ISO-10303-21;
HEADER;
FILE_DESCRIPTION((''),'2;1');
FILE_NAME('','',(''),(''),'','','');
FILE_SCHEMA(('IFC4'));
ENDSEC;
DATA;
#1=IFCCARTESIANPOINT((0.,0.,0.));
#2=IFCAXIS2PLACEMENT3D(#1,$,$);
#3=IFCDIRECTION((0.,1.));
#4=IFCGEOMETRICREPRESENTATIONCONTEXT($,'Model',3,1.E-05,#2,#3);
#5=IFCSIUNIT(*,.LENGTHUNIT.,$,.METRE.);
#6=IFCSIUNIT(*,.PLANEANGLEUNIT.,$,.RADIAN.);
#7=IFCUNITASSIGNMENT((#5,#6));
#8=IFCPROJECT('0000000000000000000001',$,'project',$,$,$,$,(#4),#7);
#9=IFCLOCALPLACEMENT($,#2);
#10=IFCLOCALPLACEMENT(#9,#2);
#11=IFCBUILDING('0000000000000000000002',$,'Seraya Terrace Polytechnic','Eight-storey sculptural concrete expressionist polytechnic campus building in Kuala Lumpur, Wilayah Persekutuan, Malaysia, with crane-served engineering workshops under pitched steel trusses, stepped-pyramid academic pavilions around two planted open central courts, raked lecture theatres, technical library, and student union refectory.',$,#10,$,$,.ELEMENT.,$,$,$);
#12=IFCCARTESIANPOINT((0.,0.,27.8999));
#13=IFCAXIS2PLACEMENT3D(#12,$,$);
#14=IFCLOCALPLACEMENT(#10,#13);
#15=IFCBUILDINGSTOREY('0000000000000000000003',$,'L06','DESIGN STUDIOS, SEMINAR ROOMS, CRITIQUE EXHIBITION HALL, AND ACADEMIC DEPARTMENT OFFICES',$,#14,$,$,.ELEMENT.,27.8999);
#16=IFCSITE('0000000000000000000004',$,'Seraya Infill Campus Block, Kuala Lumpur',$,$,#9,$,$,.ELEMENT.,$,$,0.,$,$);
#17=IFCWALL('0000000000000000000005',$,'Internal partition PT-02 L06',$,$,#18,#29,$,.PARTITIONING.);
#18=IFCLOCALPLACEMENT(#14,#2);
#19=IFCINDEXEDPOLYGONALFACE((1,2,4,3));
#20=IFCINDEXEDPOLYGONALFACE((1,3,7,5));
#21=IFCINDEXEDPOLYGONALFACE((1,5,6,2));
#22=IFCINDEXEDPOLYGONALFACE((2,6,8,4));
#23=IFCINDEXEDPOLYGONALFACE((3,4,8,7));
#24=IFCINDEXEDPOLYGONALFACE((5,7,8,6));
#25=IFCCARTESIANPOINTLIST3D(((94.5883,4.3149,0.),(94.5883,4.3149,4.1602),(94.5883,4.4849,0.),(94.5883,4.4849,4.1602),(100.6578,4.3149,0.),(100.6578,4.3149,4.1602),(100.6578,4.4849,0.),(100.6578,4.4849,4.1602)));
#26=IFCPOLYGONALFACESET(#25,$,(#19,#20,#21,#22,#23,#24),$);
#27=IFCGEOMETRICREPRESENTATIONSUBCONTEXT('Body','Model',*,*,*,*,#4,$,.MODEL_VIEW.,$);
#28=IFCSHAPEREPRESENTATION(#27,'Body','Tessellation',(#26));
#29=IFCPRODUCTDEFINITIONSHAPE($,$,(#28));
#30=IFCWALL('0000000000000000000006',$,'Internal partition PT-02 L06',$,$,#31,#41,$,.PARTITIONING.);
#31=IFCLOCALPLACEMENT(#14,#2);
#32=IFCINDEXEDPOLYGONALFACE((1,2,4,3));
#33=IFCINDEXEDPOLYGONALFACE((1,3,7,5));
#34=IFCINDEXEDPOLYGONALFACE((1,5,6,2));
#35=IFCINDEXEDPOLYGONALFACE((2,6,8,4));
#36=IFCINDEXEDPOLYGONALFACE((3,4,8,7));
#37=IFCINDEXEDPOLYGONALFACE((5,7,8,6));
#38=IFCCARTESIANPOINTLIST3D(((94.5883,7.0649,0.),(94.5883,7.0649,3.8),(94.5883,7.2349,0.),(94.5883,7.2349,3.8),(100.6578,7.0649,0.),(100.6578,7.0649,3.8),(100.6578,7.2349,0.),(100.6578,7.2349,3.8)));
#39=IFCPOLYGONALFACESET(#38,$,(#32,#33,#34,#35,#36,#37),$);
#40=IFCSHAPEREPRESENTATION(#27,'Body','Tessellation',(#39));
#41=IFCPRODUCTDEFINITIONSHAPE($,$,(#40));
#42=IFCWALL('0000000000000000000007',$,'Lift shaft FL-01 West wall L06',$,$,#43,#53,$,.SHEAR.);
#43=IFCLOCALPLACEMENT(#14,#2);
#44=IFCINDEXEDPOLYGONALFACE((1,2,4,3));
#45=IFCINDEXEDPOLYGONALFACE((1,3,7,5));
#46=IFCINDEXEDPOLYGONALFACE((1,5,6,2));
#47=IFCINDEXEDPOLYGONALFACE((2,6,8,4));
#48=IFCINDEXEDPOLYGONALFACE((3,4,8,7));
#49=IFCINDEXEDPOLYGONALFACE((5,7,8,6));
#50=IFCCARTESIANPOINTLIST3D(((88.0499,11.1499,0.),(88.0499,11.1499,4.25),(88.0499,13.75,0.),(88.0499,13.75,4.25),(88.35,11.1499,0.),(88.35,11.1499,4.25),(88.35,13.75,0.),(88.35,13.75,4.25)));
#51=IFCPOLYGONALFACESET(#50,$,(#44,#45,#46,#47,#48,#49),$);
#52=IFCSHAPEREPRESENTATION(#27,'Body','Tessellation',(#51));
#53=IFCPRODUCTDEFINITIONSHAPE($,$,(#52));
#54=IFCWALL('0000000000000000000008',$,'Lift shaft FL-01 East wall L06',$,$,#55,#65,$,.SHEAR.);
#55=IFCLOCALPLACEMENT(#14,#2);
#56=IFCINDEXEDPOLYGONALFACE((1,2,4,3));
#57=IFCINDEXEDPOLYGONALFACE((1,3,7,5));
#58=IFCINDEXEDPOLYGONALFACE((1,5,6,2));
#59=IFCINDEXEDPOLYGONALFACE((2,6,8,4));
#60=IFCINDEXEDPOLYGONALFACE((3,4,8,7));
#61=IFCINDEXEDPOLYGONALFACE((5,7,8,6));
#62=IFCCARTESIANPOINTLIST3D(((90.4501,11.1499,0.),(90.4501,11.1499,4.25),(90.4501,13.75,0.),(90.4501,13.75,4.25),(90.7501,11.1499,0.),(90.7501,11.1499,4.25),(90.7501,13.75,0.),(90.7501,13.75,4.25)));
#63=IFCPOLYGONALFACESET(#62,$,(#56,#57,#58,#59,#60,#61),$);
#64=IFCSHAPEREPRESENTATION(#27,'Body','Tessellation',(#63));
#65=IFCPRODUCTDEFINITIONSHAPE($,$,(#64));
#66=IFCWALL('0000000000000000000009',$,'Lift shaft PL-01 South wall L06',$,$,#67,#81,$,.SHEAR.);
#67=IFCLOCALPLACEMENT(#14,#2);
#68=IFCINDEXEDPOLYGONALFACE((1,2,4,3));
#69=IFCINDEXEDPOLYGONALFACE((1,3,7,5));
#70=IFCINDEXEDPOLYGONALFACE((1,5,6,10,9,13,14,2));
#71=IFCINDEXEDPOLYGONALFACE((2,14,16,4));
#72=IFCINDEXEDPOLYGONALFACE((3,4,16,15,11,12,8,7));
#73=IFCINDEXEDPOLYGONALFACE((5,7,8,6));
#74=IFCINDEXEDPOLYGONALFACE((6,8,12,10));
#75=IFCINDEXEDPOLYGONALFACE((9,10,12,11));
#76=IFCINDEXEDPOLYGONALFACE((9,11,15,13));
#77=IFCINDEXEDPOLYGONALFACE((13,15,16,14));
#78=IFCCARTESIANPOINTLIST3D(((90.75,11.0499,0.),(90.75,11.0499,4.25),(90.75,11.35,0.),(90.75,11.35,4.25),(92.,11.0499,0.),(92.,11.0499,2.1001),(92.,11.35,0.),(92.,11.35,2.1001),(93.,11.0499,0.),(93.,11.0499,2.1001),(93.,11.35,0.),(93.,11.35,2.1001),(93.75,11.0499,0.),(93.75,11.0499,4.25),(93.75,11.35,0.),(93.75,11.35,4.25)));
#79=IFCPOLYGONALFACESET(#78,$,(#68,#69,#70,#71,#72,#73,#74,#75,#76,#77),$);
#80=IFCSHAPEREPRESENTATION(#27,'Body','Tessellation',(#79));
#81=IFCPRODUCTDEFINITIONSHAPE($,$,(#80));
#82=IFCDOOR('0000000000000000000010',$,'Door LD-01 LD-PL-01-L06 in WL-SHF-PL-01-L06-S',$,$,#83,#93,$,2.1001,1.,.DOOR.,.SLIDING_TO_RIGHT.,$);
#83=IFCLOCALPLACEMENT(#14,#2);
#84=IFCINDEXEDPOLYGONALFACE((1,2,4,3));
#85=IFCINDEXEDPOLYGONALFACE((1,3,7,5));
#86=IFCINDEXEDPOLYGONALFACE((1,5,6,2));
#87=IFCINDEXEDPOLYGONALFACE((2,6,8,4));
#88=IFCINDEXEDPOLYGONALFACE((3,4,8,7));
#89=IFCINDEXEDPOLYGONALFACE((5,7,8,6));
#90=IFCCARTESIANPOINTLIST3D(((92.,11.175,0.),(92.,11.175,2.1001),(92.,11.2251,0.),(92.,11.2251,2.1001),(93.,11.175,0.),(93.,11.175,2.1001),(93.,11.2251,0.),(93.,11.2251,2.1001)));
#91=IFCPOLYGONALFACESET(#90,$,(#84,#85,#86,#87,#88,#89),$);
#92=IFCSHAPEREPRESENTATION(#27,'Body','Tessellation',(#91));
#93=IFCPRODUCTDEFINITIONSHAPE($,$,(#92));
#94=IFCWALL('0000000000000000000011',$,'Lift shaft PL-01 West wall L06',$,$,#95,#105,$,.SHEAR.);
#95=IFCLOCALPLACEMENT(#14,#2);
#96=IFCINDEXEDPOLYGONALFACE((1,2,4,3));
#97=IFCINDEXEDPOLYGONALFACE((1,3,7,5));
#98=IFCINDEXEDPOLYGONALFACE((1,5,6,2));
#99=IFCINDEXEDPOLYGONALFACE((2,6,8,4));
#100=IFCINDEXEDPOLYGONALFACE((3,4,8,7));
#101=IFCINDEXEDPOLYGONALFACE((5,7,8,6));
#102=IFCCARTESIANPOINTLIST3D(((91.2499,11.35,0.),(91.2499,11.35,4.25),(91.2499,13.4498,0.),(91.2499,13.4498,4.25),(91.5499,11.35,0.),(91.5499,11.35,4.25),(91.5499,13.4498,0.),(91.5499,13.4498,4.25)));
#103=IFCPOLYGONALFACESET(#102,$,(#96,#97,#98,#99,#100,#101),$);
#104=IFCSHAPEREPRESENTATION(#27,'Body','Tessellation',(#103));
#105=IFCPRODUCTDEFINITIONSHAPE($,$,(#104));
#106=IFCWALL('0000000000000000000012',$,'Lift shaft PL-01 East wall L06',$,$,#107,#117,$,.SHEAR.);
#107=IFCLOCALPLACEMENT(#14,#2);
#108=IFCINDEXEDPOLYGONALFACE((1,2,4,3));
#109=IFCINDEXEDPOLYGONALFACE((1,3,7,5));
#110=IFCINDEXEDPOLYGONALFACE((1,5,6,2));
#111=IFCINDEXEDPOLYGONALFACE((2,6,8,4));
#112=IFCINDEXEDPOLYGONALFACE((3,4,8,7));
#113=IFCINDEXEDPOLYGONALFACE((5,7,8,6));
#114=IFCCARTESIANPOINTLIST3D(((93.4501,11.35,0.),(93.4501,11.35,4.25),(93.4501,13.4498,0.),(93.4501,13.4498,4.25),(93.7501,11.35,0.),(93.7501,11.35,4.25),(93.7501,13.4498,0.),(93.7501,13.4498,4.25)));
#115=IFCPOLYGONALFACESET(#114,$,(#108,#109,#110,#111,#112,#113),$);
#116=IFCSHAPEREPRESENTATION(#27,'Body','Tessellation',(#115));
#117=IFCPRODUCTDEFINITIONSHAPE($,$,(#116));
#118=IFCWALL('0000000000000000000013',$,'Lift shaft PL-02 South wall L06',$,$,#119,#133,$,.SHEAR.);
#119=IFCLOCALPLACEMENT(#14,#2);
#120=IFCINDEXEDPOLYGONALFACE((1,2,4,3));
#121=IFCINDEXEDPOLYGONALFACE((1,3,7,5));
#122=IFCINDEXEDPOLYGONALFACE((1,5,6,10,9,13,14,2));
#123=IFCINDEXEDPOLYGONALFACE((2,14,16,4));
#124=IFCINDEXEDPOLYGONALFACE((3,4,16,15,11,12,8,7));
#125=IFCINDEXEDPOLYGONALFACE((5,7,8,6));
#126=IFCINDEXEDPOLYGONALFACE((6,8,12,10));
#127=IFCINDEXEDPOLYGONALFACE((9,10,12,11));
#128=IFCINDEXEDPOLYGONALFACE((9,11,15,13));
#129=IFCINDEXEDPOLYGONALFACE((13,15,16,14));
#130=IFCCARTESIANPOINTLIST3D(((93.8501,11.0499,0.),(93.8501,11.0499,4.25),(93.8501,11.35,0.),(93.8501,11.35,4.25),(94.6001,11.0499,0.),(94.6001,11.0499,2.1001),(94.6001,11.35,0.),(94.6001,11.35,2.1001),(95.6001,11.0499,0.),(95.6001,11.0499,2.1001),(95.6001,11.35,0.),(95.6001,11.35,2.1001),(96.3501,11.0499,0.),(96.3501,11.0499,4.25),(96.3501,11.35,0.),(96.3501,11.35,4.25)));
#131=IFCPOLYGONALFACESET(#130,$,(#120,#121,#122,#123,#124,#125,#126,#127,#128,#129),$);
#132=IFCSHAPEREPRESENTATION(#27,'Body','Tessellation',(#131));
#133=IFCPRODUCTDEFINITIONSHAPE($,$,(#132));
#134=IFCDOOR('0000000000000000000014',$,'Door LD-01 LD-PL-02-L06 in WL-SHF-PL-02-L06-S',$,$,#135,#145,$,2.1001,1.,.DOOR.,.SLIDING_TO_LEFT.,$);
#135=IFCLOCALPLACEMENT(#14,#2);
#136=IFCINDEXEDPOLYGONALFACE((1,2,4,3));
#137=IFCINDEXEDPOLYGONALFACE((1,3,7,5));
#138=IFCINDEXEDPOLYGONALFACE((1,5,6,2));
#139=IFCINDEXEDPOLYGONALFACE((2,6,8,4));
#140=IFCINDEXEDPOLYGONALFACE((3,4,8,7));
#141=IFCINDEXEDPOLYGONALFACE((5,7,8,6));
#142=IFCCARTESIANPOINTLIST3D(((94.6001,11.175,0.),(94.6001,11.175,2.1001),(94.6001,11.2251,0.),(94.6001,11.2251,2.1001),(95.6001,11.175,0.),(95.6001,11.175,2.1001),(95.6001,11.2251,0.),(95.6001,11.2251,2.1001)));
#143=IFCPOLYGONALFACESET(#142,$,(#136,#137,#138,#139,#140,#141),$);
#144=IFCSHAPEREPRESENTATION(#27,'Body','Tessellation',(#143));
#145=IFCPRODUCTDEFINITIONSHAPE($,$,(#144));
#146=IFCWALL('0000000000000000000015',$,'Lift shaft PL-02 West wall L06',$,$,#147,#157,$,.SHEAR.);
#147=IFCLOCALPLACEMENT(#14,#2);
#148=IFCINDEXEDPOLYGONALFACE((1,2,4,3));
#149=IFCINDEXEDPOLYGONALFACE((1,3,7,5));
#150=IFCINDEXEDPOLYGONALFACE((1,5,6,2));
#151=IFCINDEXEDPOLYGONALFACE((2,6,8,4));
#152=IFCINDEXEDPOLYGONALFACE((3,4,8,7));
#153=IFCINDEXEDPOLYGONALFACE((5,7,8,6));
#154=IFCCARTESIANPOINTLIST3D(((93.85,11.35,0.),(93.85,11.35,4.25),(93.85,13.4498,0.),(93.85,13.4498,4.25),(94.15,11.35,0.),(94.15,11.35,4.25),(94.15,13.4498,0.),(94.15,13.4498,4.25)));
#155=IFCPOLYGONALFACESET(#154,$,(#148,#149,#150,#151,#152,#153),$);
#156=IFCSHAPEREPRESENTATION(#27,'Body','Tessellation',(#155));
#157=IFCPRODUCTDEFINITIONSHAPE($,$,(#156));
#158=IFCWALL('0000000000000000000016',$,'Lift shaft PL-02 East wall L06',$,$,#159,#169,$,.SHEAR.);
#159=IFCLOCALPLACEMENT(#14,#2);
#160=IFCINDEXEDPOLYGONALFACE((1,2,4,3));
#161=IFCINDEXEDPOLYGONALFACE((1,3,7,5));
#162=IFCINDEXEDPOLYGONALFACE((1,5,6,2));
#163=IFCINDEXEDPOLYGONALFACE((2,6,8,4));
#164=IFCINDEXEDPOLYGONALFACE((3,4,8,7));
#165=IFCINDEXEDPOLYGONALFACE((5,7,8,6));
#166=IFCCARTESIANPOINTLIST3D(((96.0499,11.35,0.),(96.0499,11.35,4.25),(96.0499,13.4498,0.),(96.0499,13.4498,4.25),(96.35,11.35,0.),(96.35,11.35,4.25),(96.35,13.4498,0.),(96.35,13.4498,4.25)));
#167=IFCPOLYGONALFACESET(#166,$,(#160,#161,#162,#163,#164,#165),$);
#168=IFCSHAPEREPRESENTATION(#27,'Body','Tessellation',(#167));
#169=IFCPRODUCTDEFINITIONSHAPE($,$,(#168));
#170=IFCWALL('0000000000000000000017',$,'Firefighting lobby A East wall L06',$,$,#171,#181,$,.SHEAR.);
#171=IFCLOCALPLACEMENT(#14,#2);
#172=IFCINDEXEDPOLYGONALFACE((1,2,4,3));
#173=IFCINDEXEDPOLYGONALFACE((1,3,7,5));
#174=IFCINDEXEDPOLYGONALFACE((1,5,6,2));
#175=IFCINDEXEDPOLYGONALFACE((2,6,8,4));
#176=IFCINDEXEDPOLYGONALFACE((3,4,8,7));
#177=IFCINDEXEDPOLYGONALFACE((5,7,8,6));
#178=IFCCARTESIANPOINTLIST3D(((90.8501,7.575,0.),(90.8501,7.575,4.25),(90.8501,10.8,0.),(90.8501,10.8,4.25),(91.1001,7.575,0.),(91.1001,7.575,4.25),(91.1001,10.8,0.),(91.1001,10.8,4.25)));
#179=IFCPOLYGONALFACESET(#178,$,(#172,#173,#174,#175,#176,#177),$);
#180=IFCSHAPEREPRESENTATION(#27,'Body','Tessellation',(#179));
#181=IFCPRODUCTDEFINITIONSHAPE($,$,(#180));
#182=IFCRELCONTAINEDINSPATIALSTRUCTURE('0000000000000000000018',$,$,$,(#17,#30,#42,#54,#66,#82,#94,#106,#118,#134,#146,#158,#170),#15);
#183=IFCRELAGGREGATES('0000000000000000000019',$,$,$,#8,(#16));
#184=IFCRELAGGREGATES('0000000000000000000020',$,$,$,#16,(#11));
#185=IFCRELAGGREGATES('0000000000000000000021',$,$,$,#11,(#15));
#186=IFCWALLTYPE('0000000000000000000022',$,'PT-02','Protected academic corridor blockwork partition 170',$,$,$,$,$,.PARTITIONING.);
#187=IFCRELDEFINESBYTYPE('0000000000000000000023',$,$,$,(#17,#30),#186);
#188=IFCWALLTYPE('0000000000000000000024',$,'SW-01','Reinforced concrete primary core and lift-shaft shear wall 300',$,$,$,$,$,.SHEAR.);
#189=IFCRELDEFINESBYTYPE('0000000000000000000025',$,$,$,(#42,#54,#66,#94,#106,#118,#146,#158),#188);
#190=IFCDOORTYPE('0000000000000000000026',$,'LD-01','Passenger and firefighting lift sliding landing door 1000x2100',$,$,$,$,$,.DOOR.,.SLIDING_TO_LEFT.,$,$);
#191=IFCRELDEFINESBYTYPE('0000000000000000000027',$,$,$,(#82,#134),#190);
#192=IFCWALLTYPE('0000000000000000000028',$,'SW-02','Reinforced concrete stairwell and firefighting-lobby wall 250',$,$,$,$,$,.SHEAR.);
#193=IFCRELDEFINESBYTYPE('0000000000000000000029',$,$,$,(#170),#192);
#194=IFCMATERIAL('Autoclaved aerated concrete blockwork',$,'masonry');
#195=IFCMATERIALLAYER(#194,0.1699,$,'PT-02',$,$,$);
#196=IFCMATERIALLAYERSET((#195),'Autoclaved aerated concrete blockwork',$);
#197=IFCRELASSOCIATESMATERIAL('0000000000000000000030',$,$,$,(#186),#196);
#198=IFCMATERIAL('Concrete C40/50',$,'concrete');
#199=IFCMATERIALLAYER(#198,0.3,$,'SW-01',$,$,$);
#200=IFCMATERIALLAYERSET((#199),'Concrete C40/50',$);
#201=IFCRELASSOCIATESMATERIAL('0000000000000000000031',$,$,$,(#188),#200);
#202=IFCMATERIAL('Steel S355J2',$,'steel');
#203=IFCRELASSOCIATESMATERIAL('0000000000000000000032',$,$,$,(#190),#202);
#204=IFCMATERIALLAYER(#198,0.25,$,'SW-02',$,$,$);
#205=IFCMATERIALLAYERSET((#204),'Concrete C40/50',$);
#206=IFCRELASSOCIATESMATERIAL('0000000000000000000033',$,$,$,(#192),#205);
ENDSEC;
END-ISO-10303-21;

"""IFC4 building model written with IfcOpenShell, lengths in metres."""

from ifc_helpers import new_model, si_unit, direction, frame, frame_2d, origin, place, context, subcontext, project, spatial, rectangle, extrude, material, layer, layer_set, type_object, element, fill, save


model = new_model("IFC4")

# Units and contexts
model_context = context("Model", 3, precision=1e-05, world=origin(), true_north=direction((0.0, 1.0)))
body_context = subcontext(model_context, "Body", "Model", "MODEL_VIEW")
ifc_project = project(units=[si_unit("LENGTHUNIT", "METRE"), si_unit("PLANEANGLEUNIT", "RADIAN")], contexts=[model_context])

# Site, building, storey
site_placement = place(None, origin())
site = spatial("IfcSite", under=ifc_project, at=site_placement, Name="Seraya Infill Campus Block, Kuala Lumpur", CompositionType="ELEMENT", RefElevation=0.0)
building_placement = place(site_placement, origin())
building = spatial("IfcBuilding", under=site, at=building_placement, Name="Seraya Terrace Polytechnic", Description="Eight-storey sculptural concrete expressionist polytechnic campus building in Kuala Lumpur, Wilayah Persekutuan, Malaysia, with crane-served engineering workshops under pitched steel trusses, stepped-pyramid academic pavilions around two planted open central courts, raked lecture theatres, technical library, and student union refectory.", CompositionType="ELEMENT")
storey_placement = place(building_placement, frame((0.0, 0.0, 27.8999)))
storey = spatial("IfcBuildingStorey", under=building, at=storey_placement, Name="L06", Description="DESIGN STUDIOS, SEMINAR ROOMS, CRITIQUE EXHIBITION HALL, AND ACADEMIC DEPARTMENT OFFICES", CompositionType="ELEMENT", Elevation=27.8999)

# Shared definitions
ifc_material_1 = material(Name="Concrete C40/50", Category="concrete")

# Walls
ifc_material_2 = material(Name="Autoclaved aerated concrete blockwork", Category="masonry")
ifc_layer_1 = layer(ifc_material_2, 0.1699, Name="PT-02")
ifc_layer_set_1 = layer_set([ifc_layer_1], Name="Autoclaved aerated concrete blockwork")
wall_type_1 = type_object("IfcWallType", Name="PT-02", Description="Protected academic corridor blockwork partition 170", PredefinedType="PARTITIONING", material=ifc_layer_set_1)
wall_1_placement = place(storey_placement, frame((94.5884, 4.3999, 0.0), z_axis=(0.0, 0.0, 1.0), x_axis=(1.0, 0.0, 0.0)))
element("IfcWall", 1, at=wall_1_placement, inside=storey, type_object=wall_type_1, Name="Internal partition PT-02 L06", PredefinedType="PARTITIONING", context=body_context, shape_type="SweptSolid", body=[
    extrude(rectangle(XDim=6.0696, YDim=0.1699, at=frame_2d((3.0347, 0.0))), origin(), (0.0, 0.0, 1.0), 4.1602),
])
wall_2_placement = place(storey_placement, frame((94.5884, 7.1499, 0.0), z_axis=(0.0, 0.0, 1.0), x_axis=(1.0, 0.0, 0.0)))
element("IfcWall", 2, at=wall_2_placement, inside=storey, type_object=wall_type_1, Name="Internal partition PT-02 L06", PredefinedType="PARTITIONING", context=body_context, shape_type="SweptSolid", body=[
    extrude(rectangle(XDim=6.0696, YDim=0.1699, at=frame_2d((3.0347, 0.0))), origin(), (0.0, 0.0, 1.0), 3.8),
])
ifc_layer_2 = layer(ifc_material_1, 0.3, Name="SW-01")
ifc_layer_set_2 = layer_set([ifc_layer_2], Name="Concrete C40/50")
wall_type_2 = type_object("IfcWallType", Name="SW-01", Description="Reinforced concrete primary core and lift-shaft shear wall 300", PredefinedType="SHEAR", material=ifc_layer_set_2)
for number, where, z_axis, x_axis, name in (
    (3, (88.2, 11.1499, 0.0), (0.0, 0.0, 1.0), (0.0, 1.0, 0.0), "Lift shaft FL-01 West wall L06"),
    (4, (90.6001, 11.1499, 0.0), (0.0, 0.0, 1.0), (0.0, 1.0, 0.0), "Lift shaft FL-01 East wall L06"),
):
    element("IfcWall", number, at=place(storey_placement, frame(where, z_axis=z_axis, x_axis=x_axis)), inside=storey, type_object=wall_type_2, Name=name, PredefinedType="SHEAR", context=body_context, shape_type="SweptSolid", body=[
        extrude(rectangle(XDim=2.6001, YDim=0.3, at=frame_2d((1.3, 0.0))), origin(), (0.0, 0.0, 1.0), 4.25),
    ])

# Wall, opening, door
wall_3_placement = place(storey_placement, frame((90.75, 11.2, 0.0), z_axis=(0.0, 0.0, 1.0), x_axis=(1.0, 0.0, 0.0)))
wall_3 = element("IfcWall", 5, at=wall_3_placement, inside=storey, type_object=wall_type_2, Name="Lift shaft PL-01 South wall L06", PredefinedType="SHEAR", context=body_context, shape_type="SweptSolid", body=[
    extrude(rectangle(XDim=3.0, YDim=0.3, at=frame_2d((1.5, 0.0))), origin(), (0.0, 0.0, 1.0), 4.25),
])
opening_1_placement = place(wall_3_placement, frame((1.25, 0.0, 0.0)))
opening_1 = element("IfcOpeningElement", 6, at=opening_1_placement, cuts=wall_3, PredefinedType="OPENING", context=body_context, shape_type="SweptSolid", body=[
    extrude(rectangle(XDim=1.0, YDim=2.1001, at=frame_2d((0.5, 1.05))), frame((0.0, 0.1621, 0.0), z_axis=(0.0, -1.0, 0.0), x_axis=(1.0, 0.0, 0.0)), (0.0, 0.0, 1.0), 0.324),
])
ifc_material_3 = material(Name="Steel S355J2", Category="steel")
door_type = type_object("IfcDoorType", Name="LD-01", Description="Passenger and firefighting lift sliding landing door 1000x2100", OperationType="SLIDING_TO_LEFT", PredefinedType="DOOR", material=ifc_material_3)
door_1_placement = place(opening_1_placement, frame((1.0, 0.0, 0.0), z_axis=(0.0, 0.0, 1.0), x_axis=(-1.0, 0.0, 0.0)))
door_1 = element("IfcDoor", 7, at=door_1_placement, inside=storey, type_object=door_type, Name="Door LD-01 LD-PL-01-L06 in WL-SHF-PL-01-L06-S", OperationType="SLIDING_TO_RIGHT", OverallHeight=2.1001, OverallWidth=1.0, PredefinedType="DOOR", context=body_context, shape_type="SweptSolid", body=[
    extrude(rectangle(XDim=1.0, YDim=2.1001, at=frame_2d((0.5, 1.05))), frame((0.0, 0.0249, 0.0), z_axis=(0.0, -1.0, 0.0), x_axis=(1.0, 0.0, 0.0)), (0.0, 0.0, 1.0), 0.05),
])
fill(opening_1, door_1)

# Walls
for number, where, z_axis, x_axis, name in (
    (8, (91.3999, 11.3501, 0.0), (0.0, 0.0, 1.0), (0.0, 1.0, 0.0), "Lift shaft PL-01 West wall L06"),
    (9, (93.6001, 11.3501, 0.0), (0.0, 0.0, 1.0), (0.0, 1.0, 0.0), "Lift shaft PL-01 East wall L06"),
):
    element("IfcWall", number, at=place(storey_placement, frame(where, z_axis=z_axis, x_axis=x_axis)), inside=storey, type_object=wall_type_2, Name=name, PredefinedType="SHEAR", context=body_context, shape_type="SweptSolid", body=[
        extrude(rectangle(XDim=2.0999, YDim=0.3, at=frame_2d((1.0498, 0.0))), origin(), (0.0, 0.0, 1.0), 4.25),
    ])

# Wall, opening, door
wall_4_placement = place(storey_placement, frame((93.8501, 11.2, 0.0), z_axis=(0.0, 0.0, 1.0), x_axis=(1.0, 0.0, 0.0)))
wall_4 = element("IfcWall", 10, at=wall_4_placement, inside=storey, type_object=wall_type_2, Name="Lift shaft PL-02 South wall L06", PredefinedType="SHEAR", context=body_context, shape_type="SweptSolid", body=[
    extrude(rectangle(XDim=2.5, YDim=0.3, at=frame_2d((1.25, 0.0))), origin(), (0.0, 0.0, 1.0), 4.25),
])
opening_2_placement = place(wall_4_placement, frame((0.75, 0.0, 0.0)))
opening_2 = element("IfcOpeningElement", 11, at=opening_2_placement, cuts=wall_4, PredefinedType="OPENING", context=body_context, shape_type="SweptSolid", body=[
    extrude(rectangle(XDim=1.0, YDim=2.1001, at=frame_2d((0.5, 1.05))), frame((0.0, 0.1621, 0.0), z_axis=(0.0, -1.0, 0.0), x_axis=(1.0, 0.0, 0.0)), (0.0, 0.0, 1.0), 0.324),
])
door_2_placement = place(opening_2_placement, frame((1.0, 0.0, 0.0), z_axis=(0.0, 0.0, 1.0), x_axis=(-1.0, 0.0, 0.0)))
door_2 = element("IfcDoor", 12, at=door_2_placement, inside=storey, type_object=door_type, Name="Door LD-01 LD-PL-02-L06 in WL-SHF-PL-02-L06-S", OperationType="SLIDING_TO_LEFT", OverallHeight=2.1001, OverallWidth=1.0, PredefinedType="DOOR", context=body_context, shape_type="SweptSolid", body=[
    extrude(rectangle(XDim=1.0, YDim=2.1001, at=frame_2d((0.5, 1.05))), frame((0.0, 0.0249, 0.0), z_axis=(0.0, -1.0, 0.0), x_axis=(1.0, 0.0, 0.0)), (0.0, 0.0, 1.0), 0.05),
])
fill(opening_2, door_2)

# Walls
for number, where, z_axis, x_axis, name in (
    (13, (94.0, 11.3501, 0.0), (0.0, 0.0, 1.0), (0.0, 1.0, 0.0), "Lift shaft PL-02 West wall L06"),
    (14, (96.2, 11.3501, 0.0), (0.0, 0.0, 1.0), (0.0, 1.0, 0.0), "Lift shaft PL-02 East wall L06"),
):
    element("IfcWall", number, at=place(storey_placement, frame(where, z_axis=z_axis, x_axis=x_axis)), inside=storey, type_object=wall_type_2, Name=name, PredefinedType="SHEAR", context=body_context, shape_type="SweptSolid", body=[
        extrude(rectangle(XDim=2.0999, YDim=0.3, at=frame_2d((1.0498, 0.0))), origin(), (0.0, 0.0, 1.0), 4.25),
    ])
ifc_layer_3 = layer(ifc_material_1, 0.25, Name="SW-02")
ifc_layer_set_3 = layer_set([ifc_layer_3], Name="Concrete C40/50")
wall_type_3 = type_object("IfcWallType", Name="SW-02", Description="Reinforced concrete stairwell and firefighting-lobby wall 250", PredefinedType="SHEAR", material=ifc_layer_set_3)
wall_5_placement = place(storey_placement, frame((90.9751, 7.575, 0.0), z_axis=(0.0, 0.0, 1.0), x_axis=(0.0, 1.0, 0.0)))
element("IfcWall", 15, at=wall_5_placement, inside=storey, type_object=wall_type_3, Name="Firefighting lobby A East wall L06", PredefinedType="SHEAR", context=body_context, shape_type="SweptSolid", body=[
    extrude(rectangle(XDim=3.2251, YDim=0.25, at=frame_2d((1.6125, 0.0))), origin(), (0.0, 0.0, 1.0), 4.25),
])

save(model, "model.ifc")
